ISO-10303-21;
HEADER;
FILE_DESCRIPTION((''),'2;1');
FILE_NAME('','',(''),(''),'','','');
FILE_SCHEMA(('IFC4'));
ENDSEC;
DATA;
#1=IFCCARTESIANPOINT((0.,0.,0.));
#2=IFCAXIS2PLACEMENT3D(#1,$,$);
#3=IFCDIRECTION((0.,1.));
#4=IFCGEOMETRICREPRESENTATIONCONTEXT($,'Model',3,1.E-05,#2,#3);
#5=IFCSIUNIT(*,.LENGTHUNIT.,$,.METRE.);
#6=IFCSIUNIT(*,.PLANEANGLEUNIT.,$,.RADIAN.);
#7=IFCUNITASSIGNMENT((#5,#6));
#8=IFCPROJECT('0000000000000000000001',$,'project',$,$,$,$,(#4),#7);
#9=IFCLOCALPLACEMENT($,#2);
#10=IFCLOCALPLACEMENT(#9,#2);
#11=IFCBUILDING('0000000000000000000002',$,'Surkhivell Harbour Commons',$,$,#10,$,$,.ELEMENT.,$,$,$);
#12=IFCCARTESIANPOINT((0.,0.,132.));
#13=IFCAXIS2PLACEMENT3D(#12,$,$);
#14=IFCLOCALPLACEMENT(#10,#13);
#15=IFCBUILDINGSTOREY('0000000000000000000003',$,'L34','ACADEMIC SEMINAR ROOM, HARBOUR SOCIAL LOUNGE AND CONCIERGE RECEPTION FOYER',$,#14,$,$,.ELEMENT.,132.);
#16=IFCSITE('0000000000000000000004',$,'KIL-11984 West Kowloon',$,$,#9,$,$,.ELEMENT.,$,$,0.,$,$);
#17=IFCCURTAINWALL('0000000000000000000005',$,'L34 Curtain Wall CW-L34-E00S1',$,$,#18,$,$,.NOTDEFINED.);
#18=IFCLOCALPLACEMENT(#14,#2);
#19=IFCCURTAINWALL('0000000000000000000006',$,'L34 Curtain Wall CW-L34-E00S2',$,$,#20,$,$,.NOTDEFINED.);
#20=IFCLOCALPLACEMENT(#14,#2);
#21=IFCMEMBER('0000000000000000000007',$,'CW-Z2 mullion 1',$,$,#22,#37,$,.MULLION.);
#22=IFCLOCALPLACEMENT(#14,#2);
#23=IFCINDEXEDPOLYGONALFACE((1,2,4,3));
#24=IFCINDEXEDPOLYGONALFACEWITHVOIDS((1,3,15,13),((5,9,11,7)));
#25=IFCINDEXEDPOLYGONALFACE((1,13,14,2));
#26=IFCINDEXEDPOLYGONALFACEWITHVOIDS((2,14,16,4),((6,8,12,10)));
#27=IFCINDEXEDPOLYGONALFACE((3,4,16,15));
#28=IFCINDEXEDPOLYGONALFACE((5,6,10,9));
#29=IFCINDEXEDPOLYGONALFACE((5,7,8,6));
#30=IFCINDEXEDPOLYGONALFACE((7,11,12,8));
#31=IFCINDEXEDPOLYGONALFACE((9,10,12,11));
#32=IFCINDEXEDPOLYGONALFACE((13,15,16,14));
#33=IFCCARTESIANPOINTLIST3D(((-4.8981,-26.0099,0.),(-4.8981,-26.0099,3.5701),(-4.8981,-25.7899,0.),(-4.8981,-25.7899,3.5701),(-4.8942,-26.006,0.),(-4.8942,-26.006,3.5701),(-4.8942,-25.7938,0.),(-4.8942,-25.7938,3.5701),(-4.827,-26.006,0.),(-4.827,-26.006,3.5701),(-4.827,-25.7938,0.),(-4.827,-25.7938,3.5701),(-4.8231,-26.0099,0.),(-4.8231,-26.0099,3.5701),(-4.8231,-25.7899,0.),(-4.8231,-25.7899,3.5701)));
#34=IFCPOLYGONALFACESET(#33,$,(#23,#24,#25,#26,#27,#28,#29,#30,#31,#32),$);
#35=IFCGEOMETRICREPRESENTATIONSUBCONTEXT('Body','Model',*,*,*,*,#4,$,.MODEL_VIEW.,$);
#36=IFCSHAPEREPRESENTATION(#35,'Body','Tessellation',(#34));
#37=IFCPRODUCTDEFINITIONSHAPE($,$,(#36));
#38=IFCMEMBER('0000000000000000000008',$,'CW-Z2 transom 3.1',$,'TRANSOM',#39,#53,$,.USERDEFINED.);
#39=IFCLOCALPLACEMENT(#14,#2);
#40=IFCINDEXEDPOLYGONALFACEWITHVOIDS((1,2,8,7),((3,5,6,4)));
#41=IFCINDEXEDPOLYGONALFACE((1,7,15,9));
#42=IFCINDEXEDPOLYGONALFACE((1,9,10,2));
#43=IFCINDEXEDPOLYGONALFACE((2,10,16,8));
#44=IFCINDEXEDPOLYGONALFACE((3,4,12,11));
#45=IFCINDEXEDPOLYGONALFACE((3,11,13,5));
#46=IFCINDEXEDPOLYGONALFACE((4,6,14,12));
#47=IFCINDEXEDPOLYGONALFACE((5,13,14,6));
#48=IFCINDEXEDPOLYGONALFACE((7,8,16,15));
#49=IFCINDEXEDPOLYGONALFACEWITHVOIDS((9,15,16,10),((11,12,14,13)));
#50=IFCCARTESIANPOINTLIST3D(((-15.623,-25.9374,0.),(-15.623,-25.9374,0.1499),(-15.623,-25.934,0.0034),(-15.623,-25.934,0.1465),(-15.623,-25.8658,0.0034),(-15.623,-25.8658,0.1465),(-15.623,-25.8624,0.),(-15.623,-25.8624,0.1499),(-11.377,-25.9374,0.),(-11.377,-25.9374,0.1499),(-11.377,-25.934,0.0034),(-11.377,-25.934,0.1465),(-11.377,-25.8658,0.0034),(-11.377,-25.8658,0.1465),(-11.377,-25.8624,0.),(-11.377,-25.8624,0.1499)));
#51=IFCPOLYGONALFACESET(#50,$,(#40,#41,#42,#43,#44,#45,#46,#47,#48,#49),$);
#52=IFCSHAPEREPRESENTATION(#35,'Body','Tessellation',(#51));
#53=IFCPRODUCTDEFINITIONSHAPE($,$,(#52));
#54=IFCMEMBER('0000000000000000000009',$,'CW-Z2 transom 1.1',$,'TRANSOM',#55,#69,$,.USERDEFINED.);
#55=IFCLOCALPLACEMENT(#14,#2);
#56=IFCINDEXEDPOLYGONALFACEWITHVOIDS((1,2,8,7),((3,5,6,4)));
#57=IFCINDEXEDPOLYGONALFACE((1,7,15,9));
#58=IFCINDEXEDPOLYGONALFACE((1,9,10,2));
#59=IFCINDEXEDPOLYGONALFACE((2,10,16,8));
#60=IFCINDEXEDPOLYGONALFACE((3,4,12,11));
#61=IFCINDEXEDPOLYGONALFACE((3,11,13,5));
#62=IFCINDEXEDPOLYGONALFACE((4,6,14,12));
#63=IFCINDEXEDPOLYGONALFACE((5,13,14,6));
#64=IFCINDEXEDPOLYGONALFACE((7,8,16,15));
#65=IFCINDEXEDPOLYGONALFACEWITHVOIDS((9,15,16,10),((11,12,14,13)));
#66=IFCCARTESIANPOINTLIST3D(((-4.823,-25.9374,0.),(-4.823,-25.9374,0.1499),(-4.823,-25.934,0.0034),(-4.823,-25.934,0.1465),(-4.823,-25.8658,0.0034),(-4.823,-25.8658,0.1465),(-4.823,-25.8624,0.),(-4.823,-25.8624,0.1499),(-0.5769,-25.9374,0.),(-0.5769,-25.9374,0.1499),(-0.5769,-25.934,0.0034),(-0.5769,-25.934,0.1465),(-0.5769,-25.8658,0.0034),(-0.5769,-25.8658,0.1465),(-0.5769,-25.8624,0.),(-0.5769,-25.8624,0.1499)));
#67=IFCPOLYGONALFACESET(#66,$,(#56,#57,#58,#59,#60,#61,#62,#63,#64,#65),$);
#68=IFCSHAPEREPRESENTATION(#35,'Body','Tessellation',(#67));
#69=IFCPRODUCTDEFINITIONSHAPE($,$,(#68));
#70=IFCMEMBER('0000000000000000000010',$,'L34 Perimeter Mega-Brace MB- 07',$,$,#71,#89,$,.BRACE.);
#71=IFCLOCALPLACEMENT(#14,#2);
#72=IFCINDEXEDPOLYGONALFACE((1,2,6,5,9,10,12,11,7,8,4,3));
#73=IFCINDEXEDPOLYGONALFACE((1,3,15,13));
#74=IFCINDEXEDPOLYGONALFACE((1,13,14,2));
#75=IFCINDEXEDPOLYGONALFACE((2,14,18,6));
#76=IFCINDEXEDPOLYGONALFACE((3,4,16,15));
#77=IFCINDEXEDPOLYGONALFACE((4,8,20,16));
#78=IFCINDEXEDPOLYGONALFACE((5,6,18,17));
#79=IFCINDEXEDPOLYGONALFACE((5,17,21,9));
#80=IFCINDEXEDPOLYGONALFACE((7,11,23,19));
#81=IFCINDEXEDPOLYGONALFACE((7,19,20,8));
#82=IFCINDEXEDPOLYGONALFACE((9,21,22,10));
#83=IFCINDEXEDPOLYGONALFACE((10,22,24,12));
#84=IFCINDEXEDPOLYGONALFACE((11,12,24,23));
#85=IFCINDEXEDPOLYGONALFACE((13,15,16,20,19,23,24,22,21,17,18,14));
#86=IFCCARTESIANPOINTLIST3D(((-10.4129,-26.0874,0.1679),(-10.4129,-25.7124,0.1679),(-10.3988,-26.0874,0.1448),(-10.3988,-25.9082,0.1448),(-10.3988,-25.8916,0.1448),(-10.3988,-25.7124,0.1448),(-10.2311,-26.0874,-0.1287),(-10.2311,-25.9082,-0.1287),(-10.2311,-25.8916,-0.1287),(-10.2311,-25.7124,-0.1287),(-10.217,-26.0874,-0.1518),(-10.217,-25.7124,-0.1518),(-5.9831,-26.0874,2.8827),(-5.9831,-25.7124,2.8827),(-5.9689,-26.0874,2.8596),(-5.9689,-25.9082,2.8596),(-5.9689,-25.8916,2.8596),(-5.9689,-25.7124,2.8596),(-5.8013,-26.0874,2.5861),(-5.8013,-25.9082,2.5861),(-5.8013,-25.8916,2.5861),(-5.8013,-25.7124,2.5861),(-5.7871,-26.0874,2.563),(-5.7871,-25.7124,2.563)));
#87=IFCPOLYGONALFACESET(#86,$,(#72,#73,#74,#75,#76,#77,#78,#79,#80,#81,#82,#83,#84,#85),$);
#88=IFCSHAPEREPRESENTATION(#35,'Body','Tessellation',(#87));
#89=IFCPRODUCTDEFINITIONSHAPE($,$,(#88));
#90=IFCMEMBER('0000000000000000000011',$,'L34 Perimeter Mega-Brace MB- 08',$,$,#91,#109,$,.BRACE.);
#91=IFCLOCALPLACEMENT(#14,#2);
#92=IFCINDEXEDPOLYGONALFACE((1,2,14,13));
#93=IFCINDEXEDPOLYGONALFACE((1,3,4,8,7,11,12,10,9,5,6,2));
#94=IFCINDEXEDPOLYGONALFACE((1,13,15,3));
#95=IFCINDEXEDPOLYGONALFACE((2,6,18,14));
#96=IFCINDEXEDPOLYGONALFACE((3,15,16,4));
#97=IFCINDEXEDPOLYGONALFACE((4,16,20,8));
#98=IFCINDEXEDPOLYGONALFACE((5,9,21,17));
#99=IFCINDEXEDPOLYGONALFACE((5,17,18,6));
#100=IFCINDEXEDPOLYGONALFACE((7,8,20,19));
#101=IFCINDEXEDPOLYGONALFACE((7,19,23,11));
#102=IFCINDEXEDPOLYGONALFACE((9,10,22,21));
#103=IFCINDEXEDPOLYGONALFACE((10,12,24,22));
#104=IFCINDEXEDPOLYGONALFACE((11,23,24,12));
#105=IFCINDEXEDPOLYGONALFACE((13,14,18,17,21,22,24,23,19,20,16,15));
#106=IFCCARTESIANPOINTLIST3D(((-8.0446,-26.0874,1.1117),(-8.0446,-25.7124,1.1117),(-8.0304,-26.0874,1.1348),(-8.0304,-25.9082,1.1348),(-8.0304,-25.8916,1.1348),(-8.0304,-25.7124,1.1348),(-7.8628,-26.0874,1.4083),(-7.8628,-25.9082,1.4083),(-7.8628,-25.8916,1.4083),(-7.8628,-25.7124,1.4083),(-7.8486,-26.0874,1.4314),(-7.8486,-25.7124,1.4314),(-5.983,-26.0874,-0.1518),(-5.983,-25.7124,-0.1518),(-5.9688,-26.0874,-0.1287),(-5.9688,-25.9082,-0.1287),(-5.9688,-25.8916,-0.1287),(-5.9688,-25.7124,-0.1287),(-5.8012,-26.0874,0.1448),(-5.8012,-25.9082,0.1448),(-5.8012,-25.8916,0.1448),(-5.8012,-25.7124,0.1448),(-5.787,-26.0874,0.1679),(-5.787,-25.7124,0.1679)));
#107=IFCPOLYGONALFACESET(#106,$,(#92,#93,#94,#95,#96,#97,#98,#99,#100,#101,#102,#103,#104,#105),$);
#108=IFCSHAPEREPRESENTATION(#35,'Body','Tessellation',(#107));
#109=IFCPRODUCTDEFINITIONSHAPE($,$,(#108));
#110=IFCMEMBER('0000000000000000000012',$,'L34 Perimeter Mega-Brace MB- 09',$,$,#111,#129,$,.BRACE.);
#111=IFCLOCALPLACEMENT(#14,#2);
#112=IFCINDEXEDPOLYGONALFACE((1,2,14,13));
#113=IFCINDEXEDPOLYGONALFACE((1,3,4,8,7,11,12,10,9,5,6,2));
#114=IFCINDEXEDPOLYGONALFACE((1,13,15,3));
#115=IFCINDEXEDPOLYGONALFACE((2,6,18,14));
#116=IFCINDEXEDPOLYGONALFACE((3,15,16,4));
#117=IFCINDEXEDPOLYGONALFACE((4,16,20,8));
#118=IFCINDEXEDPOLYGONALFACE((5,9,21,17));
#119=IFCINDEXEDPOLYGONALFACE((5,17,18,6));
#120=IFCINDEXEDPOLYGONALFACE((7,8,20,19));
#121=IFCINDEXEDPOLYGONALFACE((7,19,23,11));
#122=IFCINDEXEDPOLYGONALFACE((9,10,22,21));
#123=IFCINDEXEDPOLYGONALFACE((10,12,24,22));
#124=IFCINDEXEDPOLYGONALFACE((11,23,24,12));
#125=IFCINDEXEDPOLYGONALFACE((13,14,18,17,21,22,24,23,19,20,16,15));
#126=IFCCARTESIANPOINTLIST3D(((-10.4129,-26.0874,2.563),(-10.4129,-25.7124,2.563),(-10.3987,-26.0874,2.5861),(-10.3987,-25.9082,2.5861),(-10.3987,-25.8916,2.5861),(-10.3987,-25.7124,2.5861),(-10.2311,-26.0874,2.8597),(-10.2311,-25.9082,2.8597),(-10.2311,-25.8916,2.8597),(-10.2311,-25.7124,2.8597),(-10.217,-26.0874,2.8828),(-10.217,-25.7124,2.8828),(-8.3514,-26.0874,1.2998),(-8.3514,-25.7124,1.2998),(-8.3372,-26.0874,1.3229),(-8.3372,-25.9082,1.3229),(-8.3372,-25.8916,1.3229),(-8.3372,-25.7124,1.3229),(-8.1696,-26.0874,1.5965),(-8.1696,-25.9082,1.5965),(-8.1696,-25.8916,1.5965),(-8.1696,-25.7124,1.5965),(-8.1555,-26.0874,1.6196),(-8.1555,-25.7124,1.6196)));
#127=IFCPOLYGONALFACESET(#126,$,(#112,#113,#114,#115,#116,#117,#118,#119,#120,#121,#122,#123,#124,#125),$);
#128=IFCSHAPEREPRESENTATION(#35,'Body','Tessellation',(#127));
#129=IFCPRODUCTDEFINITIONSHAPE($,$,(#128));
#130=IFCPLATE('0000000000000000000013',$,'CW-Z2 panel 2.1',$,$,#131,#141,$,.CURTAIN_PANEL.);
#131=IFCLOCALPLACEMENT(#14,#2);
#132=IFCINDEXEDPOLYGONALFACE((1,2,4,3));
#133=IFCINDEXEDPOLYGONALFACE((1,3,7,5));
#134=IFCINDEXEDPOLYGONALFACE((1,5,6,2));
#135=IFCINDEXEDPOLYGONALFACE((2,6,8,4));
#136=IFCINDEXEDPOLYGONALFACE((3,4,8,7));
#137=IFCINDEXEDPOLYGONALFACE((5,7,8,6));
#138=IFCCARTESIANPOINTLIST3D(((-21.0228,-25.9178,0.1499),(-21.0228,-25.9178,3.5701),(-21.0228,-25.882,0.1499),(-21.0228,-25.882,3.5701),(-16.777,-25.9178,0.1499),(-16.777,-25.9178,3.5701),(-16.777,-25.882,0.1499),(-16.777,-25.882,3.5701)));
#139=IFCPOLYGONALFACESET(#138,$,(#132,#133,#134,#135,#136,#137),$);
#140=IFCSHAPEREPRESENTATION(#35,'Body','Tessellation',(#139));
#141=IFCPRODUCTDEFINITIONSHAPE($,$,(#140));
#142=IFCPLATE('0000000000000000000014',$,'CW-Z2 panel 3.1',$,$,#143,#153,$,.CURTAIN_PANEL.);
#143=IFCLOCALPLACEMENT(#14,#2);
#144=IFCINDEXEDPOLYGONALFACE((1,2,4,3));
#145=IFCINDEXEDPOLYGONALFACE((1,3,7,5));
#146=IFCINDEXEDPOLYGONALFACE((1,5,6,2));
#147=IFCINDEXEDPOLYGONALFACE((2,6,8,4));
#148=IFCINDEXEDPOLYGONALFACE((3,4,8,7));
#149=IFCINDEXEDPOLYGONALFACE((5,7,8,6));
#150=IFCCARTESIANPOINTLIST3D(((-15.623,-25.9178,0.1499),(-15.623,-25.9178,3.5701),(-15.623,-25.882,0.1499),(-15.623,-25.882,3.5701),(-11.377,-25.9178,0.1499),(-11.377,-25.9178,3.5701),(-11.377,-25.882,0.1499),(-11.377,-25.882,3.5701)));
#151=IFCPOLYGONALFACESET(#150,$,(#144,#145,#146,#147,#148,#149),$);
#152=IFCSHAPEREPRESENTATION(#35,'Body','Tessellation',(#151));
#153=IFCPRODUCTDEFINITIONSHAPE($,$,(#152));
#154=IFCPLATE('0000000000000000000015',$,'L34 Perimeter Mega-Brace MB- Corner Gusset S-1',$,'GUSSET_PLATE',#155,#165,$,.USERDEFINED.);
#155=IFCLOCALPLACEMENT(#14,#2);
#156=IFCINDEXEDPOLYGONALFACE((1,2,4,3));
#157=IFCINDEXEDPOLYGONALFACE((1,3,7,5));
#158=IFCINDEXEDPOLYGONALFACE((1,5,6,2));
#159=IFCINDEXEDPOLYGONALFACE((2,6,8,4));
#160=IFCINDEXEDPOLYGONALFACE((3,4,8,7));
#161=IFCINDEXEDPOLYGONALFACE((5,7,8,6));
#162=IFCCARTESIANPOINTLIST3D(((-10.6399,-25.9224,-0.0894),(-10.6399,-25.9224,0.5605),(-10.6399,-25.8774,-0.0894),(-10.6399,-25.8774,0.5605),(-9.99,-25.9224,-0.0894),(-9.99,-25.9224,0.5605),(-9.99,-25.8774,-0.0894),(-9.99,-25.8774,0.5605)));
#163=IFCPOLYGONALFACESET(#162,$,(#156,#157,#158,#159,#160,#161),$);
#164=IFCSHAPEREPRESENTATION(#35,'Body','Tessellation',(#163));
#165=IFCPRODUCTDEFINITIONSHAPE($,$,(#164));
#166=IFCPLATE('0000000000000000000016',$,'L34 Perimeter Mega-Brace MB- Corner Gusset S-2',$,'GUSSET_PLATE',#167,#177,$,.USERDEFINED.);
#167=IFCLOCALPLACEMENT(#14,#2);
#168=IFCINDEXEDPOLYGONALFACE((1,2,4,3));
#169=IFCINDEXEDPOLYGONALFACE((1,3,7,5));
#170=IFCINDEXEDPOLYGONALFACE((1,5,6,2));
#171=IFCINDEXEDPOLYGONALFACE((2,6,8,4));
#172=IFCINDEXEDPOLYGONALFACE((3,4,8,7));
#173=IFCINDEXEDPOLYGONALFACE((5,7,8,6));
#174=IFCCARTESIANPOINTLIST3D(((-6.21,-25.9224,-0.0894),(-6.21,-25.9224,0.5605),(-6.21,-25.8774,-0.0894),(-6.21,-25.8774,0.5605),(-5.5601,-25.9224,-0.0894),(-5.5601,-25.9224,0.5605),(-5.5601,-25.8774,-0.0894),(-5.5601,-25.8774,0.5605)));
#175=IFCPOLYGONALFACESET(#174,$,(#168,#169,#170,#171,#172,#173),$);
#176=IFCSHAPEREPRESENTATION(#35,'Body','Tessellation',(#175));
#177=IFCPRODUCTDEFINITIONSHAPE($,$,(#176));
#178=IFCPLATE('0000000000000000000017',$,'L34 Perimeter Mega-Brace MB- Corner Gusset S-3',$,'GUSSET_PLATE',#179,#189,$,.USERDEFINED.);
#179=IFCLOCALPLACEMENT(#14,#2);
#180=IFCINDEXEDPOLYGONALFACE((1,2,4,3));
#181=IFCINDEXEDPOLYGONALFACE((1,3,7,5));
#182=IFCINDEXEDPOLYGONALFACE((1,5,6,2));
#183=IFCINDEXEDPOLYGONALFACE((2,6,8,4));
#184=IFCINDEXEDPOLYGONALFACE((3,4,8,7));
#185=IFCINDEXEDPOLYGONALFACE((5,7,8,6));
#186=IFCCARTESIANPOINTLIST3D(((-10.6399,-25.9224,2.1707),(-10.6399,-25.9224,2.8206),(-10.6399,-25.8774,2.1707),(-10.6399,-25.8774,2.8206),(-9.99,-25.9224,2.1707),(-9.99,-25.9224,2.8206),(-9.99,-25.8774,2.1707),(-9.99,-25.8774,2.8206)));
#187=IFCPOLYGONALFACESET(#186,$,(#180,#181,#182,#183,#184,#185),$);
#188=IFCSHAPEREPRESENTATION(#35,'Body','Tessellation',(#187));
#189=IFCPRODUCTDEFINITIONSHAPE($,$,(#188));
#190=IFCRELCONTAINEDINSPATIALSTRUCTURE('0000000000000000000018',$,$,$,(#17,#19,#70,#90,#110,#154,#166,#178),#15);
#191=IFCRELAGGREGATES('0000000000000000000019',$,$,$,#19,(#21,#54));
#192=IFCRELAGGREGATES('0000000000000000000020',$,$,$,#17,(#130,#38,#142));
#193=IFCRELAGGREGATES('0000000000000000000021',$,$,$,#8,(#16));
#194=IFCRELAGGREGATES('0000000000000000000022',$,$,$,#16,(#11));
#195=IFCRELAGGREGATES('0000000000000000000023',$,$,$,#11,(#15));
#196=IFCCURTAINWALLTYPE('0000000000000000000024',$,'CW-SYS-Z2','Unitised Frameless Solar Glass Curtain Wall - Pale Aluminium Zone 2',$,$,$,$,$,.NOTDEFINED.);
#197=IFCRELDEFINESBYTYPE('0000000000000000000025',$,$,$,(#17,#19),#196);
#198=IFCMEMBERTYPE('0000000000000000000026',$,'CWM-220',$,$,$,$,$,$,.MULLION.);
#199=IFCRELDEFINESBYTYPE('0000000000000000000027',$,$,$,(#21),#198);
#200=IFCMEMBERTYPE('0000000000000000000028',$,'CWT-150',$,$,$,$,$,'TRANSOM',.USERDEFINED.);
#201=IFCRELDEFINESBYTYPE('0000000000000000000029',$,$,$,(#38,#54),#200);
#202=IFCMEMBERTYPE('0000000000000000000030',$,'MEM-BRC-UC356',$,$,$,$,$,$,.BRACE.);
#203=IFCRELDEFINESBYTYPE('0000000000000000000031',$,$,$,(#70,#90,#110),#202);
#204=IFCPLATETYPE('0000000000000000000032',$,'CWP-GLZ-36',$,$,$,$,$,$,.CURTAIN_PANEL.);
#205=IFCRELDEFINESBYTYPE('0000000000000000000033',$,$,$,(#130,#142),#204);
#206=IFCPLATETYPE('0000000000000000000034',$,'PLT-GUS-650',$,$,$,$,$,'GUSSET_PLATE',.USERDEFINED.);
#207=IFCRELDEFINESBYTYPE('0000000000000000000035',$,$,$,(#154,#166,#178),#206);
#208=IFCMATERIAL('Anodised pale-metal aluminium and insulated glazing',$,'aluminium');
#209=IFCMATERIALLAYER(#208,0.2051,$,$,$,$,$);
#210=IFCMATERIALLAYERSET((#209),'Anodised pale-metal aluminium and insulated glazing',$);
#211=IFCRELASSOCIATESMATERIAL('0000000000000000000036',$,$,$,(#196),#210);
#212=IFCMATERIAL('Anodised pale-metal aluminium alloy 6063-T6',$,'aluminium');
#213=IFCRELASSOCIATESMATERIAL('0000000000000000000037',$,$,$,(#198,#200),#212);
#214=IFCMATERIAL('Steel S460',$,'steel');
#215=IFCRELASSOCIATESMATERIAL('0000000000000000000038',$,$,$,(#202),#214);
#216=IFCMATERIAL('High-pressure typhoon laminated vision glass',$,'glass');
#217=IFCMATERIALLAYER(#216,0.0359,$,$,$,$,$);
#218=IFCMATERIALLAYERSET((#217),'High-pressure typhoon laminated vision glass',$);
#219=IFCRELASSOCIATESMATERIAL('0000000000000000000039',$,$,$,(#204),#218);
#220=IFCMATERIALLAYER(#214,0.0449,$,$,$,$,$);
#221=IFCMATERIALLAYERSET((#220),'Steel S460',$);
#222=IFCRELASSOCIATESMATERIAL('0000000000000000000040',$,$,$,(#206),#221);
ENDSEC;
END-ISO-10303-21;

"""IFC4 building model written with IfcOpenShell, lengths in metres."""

from ifc_helpers import new_model, si_unit, direction, frame, frame_2d, origin, origin_2d, place, context, subcontext, project, spatial, rectangle, hollow_rectangle, i_section, extrude, material, layer, layer_set, material_profile, profile_set, type_object, element, aggregate, save


model = new_model("IFC4")

# Units and contexts
model_context = context("Model", 3, precision=1e-05, world=origin(), true_north=direction((0.0, 1.0)))
body_context = subcontext(model_context, "Body", "Model", "MODEL_VIEW")
ifc_project = project(units=[si_unit("LENGTHUNIT", "METRE"), si_unit("PLANEANGLEUNIT", "RADIAN")], contexts=[model_context])

# Site, building, storey
site_placement = place(None, origin())
site = spatial("IfcSite", under=ifc_project, at=site_placement, Name="KIL-11984 West Kowloon", CompositionType="ELEMENT", RefElevation=0.0)
building_placement = place(site_placement, origin())
building = spatial("IfcBuilding", under=site, at=building_placement, Name="Surkhivell Harbour Commons", CompositionType="ELEMENT")
storey_placement = place(building_placement, frame((0.0, 0.0, 132.0)))
storey = spatial("IfcBuildingStorey", under=building, at=storey_placement, Name="L34", Description="ACADEMIC SEMINAR ROOM, HARBOUR SOCIAL LOUNGE AND CONCIERGE RECEPTION FOYER", CompositionType="ELEMENT", Elevation=132.0)

# Shared definitions
ifc_material_1 = material(Name="Steel S460", Category="steel")

# Curtain wall
ifc_material_2 = material(Name="Anodised pale-metal aluminium and insulated glazing", Category="aluminium")
ifc_layer_1 = layer(ifc_material_2, 0.2051)
ifc_layer_set_1 = layer_set([ifc_layer_1], Name="Anodised pale-metal aluminium and insulated glazing")
curtain_wall_type = type_object("IfcCurtainWallType", Name="CW-SYS-Z2", Description="Unitised Frameless Solar Glass Curtain Wall - Pale Aluminium Zone 2", PredefinedType="NOTDEFINED", material=ifc_layer_set_1)
curtain_wall_1_placement = place(storey_placement, origin())
curtain_wall_1 = element("IfcCurtainWall", 1, at=curtain_wall_1_placement, inside=storey, type_object=curtain_wall_type, Name="L34 Curtain Wall CW-L34-E00S1", PredefinedType="NOTDEFINED")
ifc_material_3 = material(Name="Anodised pale-metal aluminium alloy 6063-T6", Category="aluminium")
ifc_material_profile_1 = material_profile(ifc_material_3, hollow_rectangle(XDim=0.075, YDim=0.22, WallThickness=0.0039, at=origin_2d()), Name="ALU-MULL-75x220")
ifc_profile_set_1 = profile_set([ifc_material_profile_1], Name="Anodised pale-metal aluminium alloy 6063-T6")
member_type_1 = type_object("IfcMemberType", Name="CWM-220", PredefinedType="MULLION", material=ifc_profile_set_1)

# Curtain wall, member
curtain_wall_2_placement = place(storey_placement, origin())
curtain_wall_2 = element("IfcCurtainWall", 2, at=curtain_wall_2_placement, inside=storey, type_object=curtain_wall_type, Name="L34 Curtain Wall CW-L34-E00S2", PredefinedType="NOTDEFINED")
member_1_placement = place(storey_placement, frame((-4.8606, -25.8999, 0.0), z_axis=(0.0, 0.0, 1.0), x_axis=(1.0, 0.0, 0.0)))
member_1 = element("IfcMember", 3, at=member_1_placement, type_object=member_type_1, Name="CW-Z2 mullion 1", PredefinedType="MULLION", context=body_context, shape_type="SweptSolid", body=[
    extrude(hollow_rectangle(XDim=0.075, YDim=0.22, WallThickness=0.0039, at=origin_2d()), origin(), (0.0, 0.0, 1.0), 3.5701),
])

# Members
ifc_material_profile_2 = material_profile(ifc_material_3, hollow_rectangle(XDim=0.075, YDim=0.1499, WallThickness=0.0034, at=origin_2d()), Name="ALU-TRAN-75x150")
ifc_profile_set_2 = profile_set([ifc_material_profile_2], Name="Anodised pale-metal aluminium alloy 6063-T6")
member_type_2 = type_object("IfcMemberType", Name="CWT-150", ElementType="TRANSOM", PredefinedType="USERDEFINED", material=ifc_profile_set_2)
member_2_placement = place(storey_placement, frame((-15.623, -25.8999, 0.075), z_axis=(1.0, 0.0, 0.0), x_axis=(0.0, 1.0, 0.0)))
member_2 = element("IfcMember", 4, at=member_2_placement, type_object=member_type_2, Name="CW-Z2 transom 3.1", ObjectType="TRANSOM", PredefinedType="USERDEFINED", context=body_context, shape_type="SweptSolid", body=[
    extrude(hollow_rectangle(XDim=0.075, YDim=0.1499, WallThickness=0.0034, at=origin_2d()), origin(), (0.0, 0.0, 1.0), 4.2461),
])
member_3_placement = place(storey_placement, frame((-4.823, -25.8999, 0.075), z_axis=(1.0, 0.0, 0.0), x_axis=(0.0, 1.0, 0.0)))
member_3 = element("IfcMember", 5, at=member_3_placement, type_object=member_type_2, Name="CW-Z2 transom 1.1", ObjectType="TRANSOM", PredefinedType="USERDEFINED", context=body_context, shape_type="SweptSolid", body=[
    extrude(hollow_rectangle(XDim=0.075, YDim=0.1499, WallThickness=0.0034, at=origin_2d()), origin(), (0.0, 0.0, 1.0), 4.2461),
])
aggregate(curtain_wall_2, [member_1, member_3])

# Members
ifc_material_profile_3 = material_profile(ifc_material_1, i_section(OverallWidth=0.375, OverallDepth=0.375, WebThickness=0.0166, FlangeThickness=0.0271, at=origin_2d()), Name="UC356x368x202")
ifc_profile_set_3 = profile_set([ifc_material_profile_3], Name="Steel S460")
member_type_3 = type_object("IfcMemberType", Name="MEM-BRC-UC356", PredefinedType="BRACE", material=ifc_profile_set_3)
member_4_placement = place(storey_placement, frame((-10.3149, -25.8999, 0.0081), z_axis=(0.852625, 0.0, 0.522523), x_axis=(0.0, 1.0, 0.0)))
element("IfcMember", 6, at=member_4_placement, inside=storey, type_object=member_type_3, Name="L34 Perimeter Mega-Brace MB- 07", PredefinedType="BRACE", context=body_context, shape_type="SweptSolid", body=[
    extrude(i_section(OverallWidth=0.375, OverallDepth=0.375, WebThickness=0.0166, FlangeThickness=0.0271, at=origin_2d()), origin(), (0.0, 0.0, 1.0), 5.1956),
])
member_5_placement = place(storey_placement, frame((-5.885, -25.8999, 0.0081), z_axis=(-0.852617, 0.0, 0.522536), x_axis=(0.0, -1.0, 0.0)))
element("IfcMember", 7, at=member_5_placement, inside=storey, type_object=member_type_3, Name="L34 Perimeter Mega-Brace MB- 08", PredefinedType="BRACE", context=body_context, shape_type="SweptSolid", body=[
    extrude(i_section(OverallWidth=0.375, OverallDepth=0.375, WebThickness=0.0166, FlangeThickness=0.0271, at=origin_2d()), origin(), (0.0, 0.0, 1.0), 2.418),
])
member_6_placement = place(storey_placement, frame((-8.2534, -25.8999, 1.4597), z_axis=(-0.852662, 0.0, 0.522463), x_axis=(0.0, -1.0, 0.0)))
element("IfcMember", 8, at=member_6_placement, inside=storey, type_object=member_type_3, Name="L34 Perimeter Mega-Brace MB- 09", PredefinedType="BRACE", context=body_context, shape_type="SweptSolid", body=[
    extrude(i_section(OverallWidth=0.375, OverallDepth=0.375, WebThickness=0.0166, FlangeThickness=0.0271, at=origin_2d()), origin(), (0.0, 0.0, 1.0), 2.4177),
])

# Plates
ifc_material_4 = material(Name="High-pressure typhoon laminated vision glass", Category="glass")
ifc_layer_2 = layer(ifc_material_4, 0.0359)
ifc_layer_set_2 = layer_set([ifc_layer_2], Name="High-pressure typhoon laminated vision glass")
plate_type_1 = type_object("IfcPlateType", Name="CWP-GLZ-36", PredefinedType="CURTAIN_PANEL", material=ifc_layer_set_2)
plate_1_placement = place(storey_placement, frame((-21.0229, -25.8999, 0.1499), z_axis=(0.0, 0.0, 1.0), x_axis=(1.0, 0.0, 0.0)))
plate_1 = element("IfcPlate", 9, at=plate_1_placement, type_object=plate_type_1, Name="CW-Z2 panel 2.1", PredefinedType="CURTAIN_PANEL", context=body_context, shape_type="SweptSolid", body=[
    extrude(rectangle(XDim=4.2458, YDim=0.0359, at=frame_2d((2.123, 0.0))), origin(), (0.0, 0.0, 1.0), 3.4202),
])
plate_2_placement = place(storey_placement, frame((-15.623, -25.8999, 0.1499), z_axis=(0.0, 0.0, 1.0), x_axis=(1.0, 0.0, 0.0)))
plate_2 = element("IfcPlate", 10, at=plate_2_placement, type_object=plate_type_1, Name="CW-Z2 panel 3.1", PredefinedType="CURTAIN_PANEL", context=body_context, shape_type="SweptSolid", body=[
    extrude(rectangle(XDim=4.2461, YDim=0.0359, at=frame_2d((2.123, 0.0))), origin(), (0.0, 0.0, 1.0), 3.4202),
])
aggregate(curtain_wall_1, [plate_1, member_2, plate_2])

# Plates
ifc_layer_3 = layer(ifc_material_1, 0.0449)
ifc_layer_set_3 = layer_set([ifc_layer_3], Name="Steel S460")
plate_type_2 = type_object("IfcPlateType", Name="PLT-GUS-650", ElementType="GUSSET_PLATE", PredefinedType="USERDEFINED", material=ifc_layer_set_3)
for number, where, z_axis, x_axis, name in (
    (11, (-10.3149, -25.8999, -0.0894), (0.0, 0.0, 1.0), (1.0, 0.0, 0.0), "L34 Perimeter Mega-Brace MB- Corner Gusset S-1"),
    (12, (-5.885, -25.8999, -0.0894), (0.0, 0.0, 1.0), (1.0, 0.0, 0.0), "L34 Perimeter Mega-Brace MB- Corner Gusset S-2"),
    (13, (-10.3149, -25.8999, 2.1707), (0.0, 0.0, 1.0), (1.0, 0.0, 0.0), "L34 Perimeter Mega-Brace MB- Corner Gusset S-3"),
):
    element("IfcPlate", number, at=place(storey_placement, frame(where, z_axis=z_axis, x_axis=x_axis)), inside=storey, type_object=plate_type_2, Name=name, ObjectType="GUSSET_PLATE", PredefinedType="USERDEFINED", context=body_context, shape_type="SweptSolid", body=[
        extrude(rectangle(XDim=0.6499, YDim=0.0449, at=origin_2d()), origin(), (0.0, 0.0, 1.0), 0.6499),
    ])

save(model, "model.ifc")
